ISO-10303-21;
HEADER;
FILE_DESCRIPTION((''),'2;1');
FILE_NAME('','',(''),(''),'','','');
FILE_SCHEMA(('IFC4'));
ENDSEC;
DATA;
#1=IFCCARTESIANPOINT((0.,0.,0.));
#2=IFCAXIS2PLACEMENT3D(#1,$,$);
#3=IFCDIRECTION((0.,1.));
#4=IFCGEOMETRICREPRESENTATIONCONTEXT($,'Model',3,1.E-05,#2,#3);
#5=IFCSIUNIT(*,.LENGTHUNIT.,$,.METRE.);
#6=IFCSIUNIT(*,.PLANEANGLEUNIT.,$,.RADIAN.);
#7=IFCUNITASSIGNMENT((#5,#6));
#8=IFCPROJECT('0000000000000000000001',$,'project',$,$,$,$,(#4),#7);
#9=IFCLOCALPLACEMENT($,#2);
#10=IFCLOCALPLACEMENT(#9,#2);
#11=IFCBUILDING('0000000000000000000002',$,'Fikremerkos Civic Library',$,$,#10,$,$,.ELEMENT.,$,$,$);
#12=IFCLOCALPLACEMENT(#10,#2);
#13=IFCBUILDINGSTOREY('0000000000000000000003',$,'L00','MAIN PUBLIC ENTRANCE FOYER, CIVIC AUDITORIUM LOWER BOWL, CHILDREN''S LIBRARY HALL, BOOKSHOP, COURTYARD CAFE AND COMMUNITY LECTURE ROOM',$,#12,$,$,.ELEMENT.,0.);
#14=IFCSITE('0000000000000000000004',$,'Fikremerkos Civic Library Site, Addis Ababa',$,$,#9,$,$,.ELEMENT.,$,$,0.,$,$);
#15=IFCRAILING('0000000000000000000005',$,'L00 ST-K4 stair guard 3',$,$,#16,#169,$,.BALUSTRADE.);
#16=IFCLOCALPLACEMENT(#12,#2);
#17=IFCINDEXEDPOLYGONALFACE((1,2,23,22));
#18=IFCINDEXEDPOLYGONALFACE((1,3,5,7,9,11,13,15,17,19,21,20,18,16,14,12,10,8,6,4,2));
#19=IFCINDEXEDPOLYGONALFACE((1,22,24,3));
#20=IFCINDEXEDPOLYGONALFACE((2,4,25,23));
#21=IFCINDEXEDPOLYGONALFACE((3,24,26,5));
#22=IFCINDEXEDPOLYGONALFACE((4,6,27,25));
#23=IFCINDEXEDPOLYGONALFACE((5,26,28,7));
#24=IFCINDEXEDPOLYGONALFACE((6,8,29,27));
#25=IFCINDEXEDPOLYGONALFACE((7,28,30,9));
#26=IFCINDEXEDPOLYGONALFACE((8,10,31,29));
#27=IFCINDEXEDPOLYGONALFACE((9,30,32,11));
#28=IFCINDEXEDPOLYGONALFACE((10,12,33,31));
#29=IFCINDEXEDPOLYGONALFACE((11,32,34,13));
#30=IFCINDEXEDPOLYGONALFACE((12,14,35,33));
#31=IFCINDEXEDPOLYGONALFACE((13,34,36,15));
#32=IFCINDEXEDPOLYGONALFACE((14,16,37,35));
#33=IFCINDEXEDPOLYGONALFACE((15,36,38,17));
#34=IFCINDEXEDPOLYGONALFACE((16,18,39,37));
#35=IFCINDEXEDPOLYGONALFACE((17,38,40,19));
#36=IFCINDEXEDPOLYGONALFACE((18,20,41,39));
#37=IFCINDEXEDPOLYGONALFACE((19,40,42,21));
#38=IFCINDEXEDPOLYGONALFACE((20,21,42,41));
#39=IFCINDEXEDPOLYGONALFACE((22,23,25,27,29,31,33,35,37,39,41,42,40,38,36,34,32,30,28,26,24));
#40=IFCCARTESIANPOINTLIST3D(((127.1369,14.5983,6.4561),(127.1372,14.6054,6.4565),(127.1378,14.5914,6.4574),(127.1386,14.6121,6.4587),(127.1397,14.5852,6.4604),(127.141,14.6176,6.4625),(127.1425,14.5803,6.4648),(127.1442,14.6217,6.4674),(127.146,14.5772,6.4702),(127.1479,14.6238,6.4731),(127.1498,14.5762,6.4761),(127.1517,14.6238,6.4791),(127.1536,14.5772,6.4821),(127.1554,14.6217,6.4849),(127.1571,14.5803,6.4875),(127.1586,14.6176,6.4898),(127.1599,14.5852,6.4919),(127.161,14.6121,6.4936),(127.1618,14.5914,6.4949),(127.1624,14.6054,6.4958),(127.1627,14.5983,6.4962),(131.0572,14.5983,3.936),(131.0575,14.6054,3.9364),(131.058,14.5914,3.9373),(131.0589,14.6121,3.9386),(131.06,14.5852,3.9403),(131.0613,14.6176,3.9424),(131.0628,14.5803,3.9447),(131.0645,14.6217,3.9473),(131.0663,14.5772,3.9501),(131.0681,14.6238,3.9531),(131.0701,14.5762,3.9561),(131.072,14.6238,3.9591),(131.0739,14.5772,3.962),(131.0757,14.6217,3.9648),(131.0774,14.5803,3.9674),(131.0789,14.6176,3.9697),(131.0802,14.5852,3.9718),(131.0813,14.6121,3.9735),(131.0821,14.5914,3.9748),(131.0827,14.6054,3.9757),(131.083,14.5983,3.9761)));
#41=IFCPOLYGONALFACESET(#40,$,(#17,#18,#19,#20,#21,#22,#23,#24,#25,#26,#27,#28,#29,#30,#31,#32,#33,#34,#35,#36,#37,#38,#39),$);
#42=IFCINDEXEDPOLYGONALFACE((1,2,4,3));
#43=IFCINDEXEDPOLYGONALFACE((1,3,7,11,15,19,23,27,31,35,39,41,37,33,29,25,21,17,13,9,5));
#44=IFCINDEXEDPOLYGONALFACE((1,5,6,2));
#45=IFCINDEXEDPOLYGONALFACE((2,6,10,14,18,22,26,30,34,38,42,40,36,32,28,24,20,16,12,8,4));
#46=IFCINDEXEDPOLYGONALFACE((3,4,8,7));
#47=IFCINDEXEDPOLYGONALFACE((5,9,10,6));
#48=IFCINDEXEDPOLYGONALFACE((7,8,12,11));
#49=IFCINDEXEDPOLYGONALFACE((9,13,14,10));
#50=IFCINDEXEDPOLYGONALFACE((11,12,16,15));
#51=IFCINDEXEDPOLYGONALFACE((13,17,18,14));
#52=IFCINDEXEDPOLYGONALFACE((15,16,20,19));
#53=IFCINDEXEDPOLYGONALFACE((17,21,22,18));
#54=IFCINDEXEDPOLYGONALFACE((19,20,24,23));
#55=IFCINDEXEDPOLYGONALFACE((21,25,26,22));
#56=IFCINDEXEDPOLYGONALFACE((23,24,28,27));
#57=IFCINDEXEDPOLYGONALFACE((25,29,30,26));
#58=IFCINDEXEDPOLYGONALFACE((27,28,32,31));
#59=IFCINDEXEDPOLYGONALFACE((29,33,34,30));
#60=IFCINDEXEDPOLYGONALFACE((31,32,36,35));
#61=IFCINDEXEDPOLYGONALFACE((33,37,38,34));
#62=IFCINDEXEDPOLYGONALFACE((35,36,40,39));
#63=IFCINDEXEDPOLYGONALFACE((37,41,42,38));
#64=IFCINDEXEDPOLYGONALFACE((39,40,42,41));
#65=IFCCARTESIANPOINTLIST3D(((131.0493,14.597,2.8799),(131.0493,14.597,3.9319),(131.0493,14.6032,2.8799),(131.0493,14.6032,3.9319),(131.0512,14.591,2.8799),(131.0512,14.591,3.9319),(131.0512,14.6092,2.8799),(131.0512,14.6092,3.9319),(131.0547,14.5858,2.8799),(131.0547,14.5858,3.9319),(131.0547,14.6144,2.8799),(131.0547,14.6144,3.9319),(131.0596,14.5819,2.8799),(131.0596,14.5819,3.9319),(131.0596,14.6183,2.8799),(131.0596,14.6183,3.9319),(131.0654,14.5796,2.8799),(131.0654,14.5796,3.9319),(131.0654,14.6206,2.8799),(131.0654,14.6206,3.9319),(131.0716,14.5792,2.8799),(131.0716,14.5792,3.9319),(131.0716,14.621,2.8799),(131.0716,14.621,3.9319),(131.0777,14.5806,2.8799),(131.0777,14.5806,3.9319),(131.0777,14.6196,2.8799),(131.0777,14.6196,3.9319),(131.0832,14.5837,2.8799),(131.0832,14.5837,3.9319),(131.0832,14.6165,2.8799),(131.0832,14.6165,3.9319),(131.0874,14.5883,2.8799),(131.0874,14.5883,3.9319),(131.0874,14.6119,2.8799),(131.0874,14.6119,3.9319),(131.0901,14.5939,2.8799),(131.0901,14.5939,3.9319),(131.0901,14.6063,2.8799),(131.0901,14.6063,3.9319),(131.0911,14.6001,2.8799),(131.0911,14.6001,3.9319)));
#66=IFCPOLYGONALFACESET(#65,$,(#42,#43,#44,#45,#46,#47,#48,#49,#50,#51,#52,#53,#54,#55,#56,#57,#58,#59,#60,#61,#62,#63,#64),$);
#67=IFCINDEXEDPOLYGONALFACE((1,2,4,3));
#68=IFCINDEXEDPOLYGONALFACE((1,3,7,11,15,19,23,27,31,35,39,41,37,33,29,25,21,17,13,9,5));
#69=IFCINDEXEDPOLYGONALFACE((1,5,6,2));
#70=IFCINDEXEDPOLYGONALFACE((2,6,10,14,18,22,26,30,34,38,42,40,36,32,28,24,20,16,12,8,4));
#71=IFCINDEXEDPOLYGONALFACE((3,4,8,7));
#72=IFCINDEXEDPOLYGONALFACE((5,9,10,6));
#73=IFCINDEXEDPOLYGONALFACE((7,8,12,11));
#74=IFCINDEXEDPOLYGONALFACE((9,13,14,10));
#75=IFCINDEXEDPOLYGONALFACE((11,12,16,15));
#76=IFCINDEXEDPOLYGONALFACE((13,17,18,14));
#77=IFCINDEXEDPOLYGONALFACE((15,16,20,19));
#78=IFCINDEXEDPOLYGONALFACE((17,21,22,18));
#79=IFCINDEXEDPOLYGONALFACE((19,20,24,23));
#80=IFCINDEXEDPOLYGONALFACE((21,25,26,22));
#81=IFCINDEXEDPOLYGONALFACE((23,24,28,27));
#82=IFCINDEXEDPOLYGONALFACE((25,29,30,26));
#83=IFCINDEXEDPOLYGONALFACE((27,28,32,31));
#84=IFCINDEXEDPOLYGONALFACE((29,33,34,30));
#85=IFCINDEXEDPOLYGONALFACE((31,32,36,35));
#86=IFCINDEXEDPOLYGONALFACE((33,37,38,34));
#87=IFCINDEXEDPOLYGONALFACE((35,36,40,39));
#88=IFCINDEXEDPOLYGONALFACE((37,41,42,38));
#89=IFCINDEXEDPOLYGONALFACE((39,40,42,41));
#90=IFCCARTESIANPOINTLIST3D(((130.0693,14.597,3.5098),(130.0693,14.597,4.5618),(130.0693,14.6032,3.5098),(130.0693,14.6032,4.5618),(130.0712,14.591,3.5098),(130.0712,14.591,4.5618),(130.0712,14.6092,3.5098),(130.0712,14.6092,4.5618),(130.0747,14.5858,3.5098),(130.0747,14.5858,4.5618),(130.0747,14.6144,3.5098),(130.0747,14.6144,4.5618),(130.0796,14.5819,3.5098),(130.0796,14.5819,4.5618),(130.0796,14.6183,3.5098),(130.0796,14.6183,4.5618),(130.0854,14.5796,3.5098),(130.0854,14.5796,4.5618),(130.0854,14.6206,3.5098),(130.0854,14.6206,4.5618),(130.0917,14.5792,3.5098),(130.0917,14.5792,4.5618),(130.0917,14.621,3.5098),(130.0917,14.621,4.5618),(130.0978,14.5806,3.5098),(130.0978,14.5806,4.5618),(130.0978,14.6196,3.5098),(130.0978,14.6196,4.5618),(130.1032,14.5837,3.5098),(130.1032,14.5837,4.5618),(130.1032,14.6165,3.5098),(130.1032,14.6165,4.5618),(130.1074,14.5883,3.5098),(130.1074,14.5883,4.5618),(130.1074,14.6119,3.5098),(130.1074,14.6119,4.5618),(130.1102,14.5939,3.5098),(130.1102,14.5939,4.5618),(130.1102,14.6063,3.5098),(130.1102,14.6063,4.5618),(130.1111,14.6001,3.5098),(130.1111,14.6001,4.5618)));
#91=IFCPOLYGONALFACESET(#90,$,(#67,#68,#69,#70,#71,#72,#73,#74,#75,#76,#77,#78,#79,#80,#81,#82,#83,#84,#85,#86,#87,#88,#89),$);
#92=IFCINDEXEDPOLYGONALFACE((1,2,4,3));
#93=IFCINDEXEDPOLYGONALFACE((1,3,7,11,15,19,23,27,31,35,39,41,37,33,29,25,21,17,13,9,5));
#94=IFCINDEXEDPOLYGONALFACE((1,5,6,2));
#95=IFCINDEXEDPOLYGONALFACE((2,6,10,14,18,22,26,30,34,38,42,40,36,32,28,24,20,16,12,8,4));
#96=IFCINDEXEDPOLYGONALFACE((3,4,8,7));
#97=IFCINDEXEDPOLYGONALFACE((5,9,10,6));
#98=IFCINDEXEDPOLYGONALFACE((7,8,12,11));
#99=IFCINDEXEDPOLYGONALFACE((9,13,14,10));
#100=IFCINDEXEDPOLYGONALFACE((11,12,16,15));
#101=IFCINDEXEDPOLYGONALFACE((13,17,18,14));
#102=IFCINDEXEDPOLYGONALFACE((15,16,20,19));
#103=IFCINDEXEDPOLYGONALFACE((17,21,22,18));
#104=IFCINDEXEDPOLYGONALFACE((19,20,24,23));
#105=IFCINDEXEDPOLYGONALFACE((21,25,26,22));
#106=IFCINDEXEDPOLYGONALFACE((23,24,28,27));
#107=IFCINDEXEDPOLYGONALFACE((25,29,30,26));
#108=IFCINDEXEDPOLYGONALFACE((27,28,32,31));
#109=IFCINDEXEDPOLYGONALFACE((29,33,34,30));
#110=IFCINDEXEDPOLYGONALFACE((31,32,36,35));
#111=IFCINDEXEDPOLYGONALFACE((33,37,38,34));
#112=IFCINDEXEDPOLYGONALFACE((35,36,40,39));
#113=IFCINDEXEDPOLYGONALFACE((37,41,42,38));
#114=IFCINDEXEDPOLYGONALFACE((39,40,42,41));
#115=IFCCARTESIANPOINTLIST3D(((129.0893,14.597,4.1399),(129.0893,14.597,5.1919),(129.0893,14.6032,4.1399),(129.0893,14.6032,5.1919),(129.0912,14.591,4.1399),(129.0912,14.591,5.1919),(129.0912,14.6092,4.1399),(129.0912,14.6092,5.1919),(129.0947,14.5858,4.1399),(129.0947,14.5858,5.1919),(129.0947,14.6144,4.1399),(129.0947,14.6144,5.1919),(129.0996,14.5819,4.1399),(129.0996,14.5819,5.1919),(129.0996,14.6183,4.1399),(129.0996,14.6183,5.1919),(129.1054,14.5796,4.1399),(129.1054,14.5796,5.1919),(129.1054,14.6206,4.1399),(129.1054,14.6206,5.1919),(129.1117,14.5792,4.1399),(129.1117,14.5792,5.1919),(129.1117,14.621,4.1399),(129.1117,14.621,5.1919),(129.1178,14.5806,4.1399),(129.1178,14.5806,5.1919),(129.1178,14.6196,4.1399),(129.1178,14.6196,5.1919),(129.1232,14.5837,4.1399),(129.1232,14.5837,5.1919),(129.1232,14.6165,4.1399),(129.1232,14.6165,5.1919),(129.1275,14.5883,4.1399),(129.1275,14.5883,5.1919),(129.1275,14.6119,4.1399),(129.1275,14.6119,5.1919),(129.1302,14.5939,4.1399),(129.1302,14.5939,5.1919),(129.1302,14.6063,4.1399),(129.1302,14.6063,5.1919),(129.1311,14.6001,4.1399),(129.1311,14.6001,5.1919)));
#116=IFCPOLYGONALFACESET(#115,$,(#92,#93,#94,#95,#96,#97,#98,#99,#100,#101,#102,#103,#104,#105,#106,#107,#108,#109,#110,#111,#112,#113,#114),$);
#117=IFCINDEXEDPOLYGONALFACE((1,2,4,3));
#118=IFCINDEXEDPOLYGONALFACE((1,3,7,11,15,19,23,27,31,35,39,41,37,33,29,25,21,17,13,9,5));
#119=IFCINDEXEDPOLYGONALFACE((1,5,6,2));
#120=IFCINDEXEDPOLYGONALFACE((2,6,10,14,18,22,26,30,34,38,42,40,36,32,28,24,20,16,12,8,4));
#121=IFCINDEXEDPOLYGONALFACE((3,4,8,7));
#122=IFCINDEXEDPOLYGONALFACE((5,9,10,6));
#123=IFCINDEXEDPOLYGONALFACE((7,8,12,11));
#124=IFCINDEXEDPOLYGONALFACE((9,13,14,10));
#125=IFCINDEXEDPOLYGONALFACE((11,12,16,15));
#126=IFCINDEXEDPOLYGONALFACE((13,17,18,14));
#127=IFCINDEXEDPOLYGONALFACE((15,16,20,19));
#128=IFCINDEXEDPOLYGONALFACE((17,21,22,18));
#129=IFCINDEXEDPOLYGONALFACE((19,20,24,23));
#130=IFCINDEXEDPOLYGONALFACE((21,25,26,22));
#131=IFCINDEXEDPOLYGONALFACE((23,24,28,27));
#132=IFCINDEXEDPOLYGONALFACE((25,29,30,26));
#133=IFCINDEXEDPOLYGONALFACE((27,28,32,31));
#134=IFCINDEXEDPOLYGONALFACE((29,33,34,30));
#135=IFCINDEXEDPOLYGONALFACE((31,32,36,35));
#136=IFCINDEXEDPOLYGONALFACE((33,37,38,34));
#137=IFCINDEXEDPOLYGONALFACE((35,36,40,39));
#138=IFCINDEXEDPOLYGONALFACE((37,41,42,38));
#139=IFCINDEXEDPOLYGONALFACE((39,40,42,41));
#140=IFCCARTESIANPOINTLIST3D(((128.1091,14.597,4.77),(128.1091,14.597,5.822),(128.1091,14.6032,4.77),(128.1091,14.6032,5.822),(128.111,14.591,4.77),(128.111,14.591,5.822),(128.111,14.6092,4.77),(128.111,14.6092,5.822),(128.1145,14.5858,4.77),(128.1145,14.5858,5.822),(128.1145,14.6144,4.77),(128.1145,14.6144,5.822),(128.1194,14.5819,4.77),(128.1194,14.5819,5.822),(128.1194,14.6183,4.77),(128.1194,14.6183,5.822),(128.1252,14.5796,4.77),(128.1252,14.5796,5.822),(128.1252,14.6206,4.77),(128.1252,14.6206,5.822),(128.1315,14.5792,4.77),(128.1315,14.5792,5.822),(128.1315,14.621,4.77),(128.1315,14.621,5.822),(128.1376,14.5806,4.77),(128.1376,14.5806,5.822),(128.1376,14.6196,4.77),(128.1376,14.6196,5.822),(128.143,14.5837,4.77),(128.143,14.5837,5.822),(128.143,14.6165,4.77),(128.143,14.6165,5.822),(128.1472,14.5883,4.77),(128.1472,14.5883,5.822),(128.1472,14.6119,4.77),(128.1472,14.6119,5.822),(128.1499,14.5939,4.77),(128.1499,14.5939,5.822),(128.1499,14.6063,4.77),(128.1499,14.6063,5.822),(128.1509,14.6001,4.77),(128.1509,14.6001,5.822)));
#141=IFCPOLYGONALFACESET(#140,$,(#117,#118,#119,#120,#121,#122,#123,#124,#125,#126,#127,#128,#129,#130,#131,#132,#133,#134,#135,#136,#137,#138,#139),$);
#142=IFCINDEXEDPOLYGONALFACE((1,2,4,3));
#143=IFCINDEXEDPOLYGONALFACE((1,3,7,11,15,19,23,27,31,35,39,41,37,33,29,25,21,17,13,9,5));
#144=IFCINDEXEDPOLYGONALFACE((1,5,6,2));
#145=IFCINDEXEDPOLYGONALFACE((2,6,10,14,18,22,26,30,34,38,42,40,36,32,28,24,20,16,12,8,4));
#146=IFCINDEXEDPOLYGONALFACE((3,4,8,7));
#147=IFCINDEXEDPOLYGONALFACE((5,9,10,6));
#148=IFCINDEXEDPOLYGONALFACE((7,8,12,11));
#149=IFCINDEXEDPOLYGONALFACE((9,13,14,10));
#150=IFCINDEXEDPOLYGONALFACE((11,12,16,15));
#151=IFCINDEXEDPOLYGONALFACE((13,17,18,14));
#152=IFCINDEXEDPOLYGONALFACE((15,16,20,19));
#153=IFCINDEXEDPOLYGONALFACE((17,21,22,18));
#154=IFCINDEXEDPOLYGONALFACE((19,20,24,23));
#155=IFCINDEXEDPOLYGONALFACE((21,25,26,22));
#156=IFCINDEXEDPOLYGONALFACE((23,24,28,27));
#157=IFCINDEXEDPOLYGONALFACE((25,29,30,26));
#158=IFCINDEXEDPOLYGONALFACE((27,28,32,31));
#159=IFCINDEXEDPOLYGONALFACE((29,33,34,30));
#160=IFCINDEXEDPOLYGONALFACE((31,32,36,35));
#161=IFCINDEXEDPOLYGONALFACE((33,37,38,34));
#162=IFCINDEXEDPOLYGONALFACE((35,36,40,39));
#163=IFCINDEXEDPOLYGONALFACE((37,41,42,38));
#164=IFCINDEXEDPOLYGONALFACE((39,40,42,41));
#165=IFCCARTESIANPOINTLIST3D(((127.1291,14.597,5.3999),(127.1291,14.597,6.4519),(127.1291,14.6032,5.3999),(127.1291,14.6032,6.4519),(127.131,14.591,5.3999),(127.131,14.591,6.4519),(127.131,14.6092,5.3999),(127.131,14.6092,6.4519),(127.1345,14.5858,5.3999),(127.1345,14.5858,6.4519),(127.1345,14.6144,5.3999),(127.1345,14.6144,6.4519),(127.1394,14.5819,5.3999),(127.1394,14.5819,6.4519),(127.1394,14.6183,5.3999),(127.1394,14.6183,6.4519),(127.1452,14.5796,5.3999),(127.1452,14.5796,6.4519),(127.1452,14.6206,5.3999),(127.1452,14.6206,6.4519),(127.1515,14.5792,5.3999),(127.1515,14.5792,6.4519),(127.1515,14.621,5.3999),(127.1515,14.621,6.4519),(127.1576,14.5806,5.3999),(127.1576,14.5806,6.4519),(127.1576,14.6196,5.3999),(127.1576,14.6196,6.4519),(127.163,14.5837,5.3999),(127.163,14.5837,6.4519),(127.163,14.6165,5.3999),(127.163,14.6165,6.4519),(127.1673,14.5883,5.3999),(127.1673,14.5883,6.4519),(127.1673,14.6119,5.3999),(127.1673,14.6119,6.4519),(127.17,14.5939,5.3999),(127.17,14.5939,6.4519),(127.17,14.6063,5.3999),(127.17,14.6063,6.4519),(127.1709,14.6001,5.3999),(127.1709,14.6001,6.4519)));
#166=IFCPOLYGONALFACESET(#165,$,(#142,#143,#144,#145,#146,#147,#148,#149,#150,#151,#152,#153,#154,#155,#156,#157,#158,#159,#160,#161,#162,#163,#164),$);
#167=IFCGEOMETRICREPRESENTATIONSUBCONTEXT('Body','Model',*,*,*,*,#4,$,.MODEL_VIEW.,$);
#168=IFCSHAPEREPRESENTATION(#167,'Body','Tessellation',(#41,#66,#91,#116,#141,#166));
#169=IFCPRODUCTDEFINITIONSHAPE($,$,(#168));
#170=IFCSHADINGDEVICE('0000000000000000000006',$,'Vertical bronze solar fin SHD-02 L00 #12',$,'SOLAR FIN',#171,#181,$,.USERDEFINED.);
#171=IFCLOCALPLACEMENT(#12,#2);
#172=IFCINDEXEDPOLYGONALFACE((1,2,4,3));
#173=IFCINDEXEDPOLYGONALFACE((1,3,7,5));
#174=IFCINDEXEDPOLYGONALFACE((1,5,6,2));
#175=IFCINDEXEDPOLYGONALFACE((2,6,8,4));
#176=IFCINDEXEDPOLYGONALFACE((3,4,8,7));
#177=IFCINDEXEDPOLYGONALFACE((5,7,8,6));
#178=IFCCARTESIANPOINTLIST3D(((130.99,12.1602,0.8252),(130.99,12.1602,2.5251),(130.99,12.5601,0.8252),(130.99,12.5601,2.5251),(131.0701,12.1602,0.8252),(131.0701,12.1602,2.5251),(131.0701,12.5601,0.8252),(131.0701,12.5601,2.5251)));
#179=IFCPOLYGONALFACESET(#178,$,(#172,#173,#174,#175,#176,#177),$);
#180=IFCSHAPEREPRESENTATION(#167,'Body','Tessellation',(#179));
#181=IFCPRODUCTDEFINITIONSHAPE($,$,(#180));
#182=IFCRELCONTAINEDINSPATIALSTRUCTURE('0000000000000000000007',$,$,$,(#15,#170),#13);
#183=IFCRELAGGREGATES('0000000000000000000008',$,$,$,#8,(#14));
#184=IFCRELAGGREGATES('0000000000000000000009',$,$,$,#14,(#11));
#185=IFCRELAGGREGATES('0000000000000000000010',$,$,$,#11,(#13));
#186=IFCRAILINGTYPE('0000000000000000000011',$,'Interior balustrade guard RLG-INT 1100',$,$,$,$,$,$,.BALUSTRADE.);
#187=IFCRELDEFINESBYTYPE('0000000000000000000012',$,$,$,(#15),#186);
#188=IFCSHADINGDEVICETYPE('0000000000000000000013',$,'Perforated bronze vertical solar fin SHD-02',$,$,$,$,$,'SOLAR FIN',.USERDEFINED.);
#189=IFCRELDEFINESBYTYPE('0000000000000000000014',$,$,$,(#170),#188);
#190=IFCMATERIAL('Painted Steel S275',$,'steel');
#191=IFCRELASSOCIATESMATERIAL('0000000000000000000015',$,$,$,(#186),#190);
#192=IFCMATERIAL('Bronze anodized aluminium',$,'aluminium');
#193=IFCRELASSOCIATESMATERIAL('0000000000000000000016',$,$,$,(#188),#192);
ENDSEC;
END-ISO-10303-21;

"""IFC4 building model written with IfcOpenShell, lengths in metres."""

from ifc_helpers import new_model, si_unit, direction, frame, origin, origin_2d, place, context, subcontext, project, spatial, rectangle, circle, extrude, material, type_object, element, save


model = new_model("IFC4")

# Units and contexts
model_context = context("Model", 3, precision=1e-05, world=origin(), true_north=direction((0.0, 1.0)))
body_context = subcontext(model_context, "Body", "Model", "MODEL_VIEW")
ifc_project = project(units=[si_unit("LENGTHUNIT", "METRE"), si_unit("PLANEANGLEUNIT", "RADIAN")], contexts=[model_context])

# Site, building, storey
site_placement = place(None, origin())
site = spatial("IfcSite", under=ifc_project, at=site_placement, Name="Fikremerkos Civic Library Site, Addis Ababa", CompositionType="ELEMENT", RefElevation=0.0)
building_placement = place(site_placement, origin())
building = spatial("IfcBuilding", under=site, at=building_placement, Name="Fikremerkos Civic Library", CompositionType="ELEMENT")
storey_placement = place(building_placement, origin())
storey = spatial("IfcBuildingStorey", under=building, at=storey_placement, Name="L00", Description="MAIN PUBLIC ENTRANCE FOYER, CIVIC AUDITORIUM LOWER BOWL, CHILDREN'S LIBRARY HALL, BOOKSHOP, COURTYARD CAFE AND COMMUNITY LECTURE ROOM", CompositionType="ELEMENT", Elevation=0.0)

# Railing
ifc_material_1 = material(Name="Painted Steel S275", Category="steel")
railing_type = type_object("IfcRailingType", Name="Interior balustrade guard RLG-INT 1100", PredefinedType="BALUSTRADE", material=ifc_material_1)
railing_1_placement = place(storey_placement, frame((131.0701, 14.6001, 2.8799)))
element("IfcRailing", 1, at=railing_1_placement, inside=storey, type_object=railing_type, Name="L00 ST-K4 stair guard 3", PredefinedType="BALUSTRADE", context=body_context, shape_type="SweptSolid", body=[
    extrude(circle(Radius=0.0239, at=origin_2d()), frame((0.0, 0.0, 1.0762), z_axis=(-0.841187, 0.0, 0.540744), x_axis=(0.0, -1.0, 0.0)), (0.0, 0.0, 1.0), 4.6604),
    extrude(circle(Radius=0.021, at=origin_2d()), origin(), (0.0, 0.0, 1.0), 1.052),
    extrude(circle(Radius=0.021, at=origin_2d()), frame((-0.98, 0.0, 0.6299)), (0.0, 0.0, 1.0), 1.052),
    extrude(circle(Radius=0.021, at=origin_2d()), frame((-1.96, 0.0, 1.26)), (0.0, 0.0, 1.0), 1.052),
    extrude(circle(Radius=0.021, at=origin_2d()), frame((-2.9402, 0.0, 1.8901)), (0.0, 0.0, 1.0), 1.052),
    extrude(circle(Radius=0.021, at=origin_2d()), frame((-3.9202, 0.0, 2.52)), (0.0, 0.0, 1.0), 1.052),
])

# Shading device
ifc_material_2 = material(Name="Bronze anodized aluminium", Category="aluminium")
shading_device_type = type_object("IfcShadingDeviceType", Name="Perforated bronze vertical solar fin SHD-02", ElementType="SOLAR FIN", PredefinedType="USERDEFINED", material=ifc_material_2)
shading_device_placement = place(storey_placement, frame((131.03, 12.3601, 0.8252), z_axis=(0.0, 0.0, 1.0), x_axis=(1.0, 0.0, 0.0)))
element("IfcShadingDevice", 2, at=shading_device_placement, inside=storey, type_object=shading_device_type, Name="Vertical bronze solar fin SHD-02 L00 #12", ObjectType="SOLAR FIN", PredefinedType="USERDEFINED", context=body_context, shape_type="SweptSolid", body=[
    extrude(rectangle(XDim=0.0801, YDim=0.3999, at=origin_2d()), origin(), (0.0, 0.0, 1.0), 1.7),
])

save(model, "model.ifc")
